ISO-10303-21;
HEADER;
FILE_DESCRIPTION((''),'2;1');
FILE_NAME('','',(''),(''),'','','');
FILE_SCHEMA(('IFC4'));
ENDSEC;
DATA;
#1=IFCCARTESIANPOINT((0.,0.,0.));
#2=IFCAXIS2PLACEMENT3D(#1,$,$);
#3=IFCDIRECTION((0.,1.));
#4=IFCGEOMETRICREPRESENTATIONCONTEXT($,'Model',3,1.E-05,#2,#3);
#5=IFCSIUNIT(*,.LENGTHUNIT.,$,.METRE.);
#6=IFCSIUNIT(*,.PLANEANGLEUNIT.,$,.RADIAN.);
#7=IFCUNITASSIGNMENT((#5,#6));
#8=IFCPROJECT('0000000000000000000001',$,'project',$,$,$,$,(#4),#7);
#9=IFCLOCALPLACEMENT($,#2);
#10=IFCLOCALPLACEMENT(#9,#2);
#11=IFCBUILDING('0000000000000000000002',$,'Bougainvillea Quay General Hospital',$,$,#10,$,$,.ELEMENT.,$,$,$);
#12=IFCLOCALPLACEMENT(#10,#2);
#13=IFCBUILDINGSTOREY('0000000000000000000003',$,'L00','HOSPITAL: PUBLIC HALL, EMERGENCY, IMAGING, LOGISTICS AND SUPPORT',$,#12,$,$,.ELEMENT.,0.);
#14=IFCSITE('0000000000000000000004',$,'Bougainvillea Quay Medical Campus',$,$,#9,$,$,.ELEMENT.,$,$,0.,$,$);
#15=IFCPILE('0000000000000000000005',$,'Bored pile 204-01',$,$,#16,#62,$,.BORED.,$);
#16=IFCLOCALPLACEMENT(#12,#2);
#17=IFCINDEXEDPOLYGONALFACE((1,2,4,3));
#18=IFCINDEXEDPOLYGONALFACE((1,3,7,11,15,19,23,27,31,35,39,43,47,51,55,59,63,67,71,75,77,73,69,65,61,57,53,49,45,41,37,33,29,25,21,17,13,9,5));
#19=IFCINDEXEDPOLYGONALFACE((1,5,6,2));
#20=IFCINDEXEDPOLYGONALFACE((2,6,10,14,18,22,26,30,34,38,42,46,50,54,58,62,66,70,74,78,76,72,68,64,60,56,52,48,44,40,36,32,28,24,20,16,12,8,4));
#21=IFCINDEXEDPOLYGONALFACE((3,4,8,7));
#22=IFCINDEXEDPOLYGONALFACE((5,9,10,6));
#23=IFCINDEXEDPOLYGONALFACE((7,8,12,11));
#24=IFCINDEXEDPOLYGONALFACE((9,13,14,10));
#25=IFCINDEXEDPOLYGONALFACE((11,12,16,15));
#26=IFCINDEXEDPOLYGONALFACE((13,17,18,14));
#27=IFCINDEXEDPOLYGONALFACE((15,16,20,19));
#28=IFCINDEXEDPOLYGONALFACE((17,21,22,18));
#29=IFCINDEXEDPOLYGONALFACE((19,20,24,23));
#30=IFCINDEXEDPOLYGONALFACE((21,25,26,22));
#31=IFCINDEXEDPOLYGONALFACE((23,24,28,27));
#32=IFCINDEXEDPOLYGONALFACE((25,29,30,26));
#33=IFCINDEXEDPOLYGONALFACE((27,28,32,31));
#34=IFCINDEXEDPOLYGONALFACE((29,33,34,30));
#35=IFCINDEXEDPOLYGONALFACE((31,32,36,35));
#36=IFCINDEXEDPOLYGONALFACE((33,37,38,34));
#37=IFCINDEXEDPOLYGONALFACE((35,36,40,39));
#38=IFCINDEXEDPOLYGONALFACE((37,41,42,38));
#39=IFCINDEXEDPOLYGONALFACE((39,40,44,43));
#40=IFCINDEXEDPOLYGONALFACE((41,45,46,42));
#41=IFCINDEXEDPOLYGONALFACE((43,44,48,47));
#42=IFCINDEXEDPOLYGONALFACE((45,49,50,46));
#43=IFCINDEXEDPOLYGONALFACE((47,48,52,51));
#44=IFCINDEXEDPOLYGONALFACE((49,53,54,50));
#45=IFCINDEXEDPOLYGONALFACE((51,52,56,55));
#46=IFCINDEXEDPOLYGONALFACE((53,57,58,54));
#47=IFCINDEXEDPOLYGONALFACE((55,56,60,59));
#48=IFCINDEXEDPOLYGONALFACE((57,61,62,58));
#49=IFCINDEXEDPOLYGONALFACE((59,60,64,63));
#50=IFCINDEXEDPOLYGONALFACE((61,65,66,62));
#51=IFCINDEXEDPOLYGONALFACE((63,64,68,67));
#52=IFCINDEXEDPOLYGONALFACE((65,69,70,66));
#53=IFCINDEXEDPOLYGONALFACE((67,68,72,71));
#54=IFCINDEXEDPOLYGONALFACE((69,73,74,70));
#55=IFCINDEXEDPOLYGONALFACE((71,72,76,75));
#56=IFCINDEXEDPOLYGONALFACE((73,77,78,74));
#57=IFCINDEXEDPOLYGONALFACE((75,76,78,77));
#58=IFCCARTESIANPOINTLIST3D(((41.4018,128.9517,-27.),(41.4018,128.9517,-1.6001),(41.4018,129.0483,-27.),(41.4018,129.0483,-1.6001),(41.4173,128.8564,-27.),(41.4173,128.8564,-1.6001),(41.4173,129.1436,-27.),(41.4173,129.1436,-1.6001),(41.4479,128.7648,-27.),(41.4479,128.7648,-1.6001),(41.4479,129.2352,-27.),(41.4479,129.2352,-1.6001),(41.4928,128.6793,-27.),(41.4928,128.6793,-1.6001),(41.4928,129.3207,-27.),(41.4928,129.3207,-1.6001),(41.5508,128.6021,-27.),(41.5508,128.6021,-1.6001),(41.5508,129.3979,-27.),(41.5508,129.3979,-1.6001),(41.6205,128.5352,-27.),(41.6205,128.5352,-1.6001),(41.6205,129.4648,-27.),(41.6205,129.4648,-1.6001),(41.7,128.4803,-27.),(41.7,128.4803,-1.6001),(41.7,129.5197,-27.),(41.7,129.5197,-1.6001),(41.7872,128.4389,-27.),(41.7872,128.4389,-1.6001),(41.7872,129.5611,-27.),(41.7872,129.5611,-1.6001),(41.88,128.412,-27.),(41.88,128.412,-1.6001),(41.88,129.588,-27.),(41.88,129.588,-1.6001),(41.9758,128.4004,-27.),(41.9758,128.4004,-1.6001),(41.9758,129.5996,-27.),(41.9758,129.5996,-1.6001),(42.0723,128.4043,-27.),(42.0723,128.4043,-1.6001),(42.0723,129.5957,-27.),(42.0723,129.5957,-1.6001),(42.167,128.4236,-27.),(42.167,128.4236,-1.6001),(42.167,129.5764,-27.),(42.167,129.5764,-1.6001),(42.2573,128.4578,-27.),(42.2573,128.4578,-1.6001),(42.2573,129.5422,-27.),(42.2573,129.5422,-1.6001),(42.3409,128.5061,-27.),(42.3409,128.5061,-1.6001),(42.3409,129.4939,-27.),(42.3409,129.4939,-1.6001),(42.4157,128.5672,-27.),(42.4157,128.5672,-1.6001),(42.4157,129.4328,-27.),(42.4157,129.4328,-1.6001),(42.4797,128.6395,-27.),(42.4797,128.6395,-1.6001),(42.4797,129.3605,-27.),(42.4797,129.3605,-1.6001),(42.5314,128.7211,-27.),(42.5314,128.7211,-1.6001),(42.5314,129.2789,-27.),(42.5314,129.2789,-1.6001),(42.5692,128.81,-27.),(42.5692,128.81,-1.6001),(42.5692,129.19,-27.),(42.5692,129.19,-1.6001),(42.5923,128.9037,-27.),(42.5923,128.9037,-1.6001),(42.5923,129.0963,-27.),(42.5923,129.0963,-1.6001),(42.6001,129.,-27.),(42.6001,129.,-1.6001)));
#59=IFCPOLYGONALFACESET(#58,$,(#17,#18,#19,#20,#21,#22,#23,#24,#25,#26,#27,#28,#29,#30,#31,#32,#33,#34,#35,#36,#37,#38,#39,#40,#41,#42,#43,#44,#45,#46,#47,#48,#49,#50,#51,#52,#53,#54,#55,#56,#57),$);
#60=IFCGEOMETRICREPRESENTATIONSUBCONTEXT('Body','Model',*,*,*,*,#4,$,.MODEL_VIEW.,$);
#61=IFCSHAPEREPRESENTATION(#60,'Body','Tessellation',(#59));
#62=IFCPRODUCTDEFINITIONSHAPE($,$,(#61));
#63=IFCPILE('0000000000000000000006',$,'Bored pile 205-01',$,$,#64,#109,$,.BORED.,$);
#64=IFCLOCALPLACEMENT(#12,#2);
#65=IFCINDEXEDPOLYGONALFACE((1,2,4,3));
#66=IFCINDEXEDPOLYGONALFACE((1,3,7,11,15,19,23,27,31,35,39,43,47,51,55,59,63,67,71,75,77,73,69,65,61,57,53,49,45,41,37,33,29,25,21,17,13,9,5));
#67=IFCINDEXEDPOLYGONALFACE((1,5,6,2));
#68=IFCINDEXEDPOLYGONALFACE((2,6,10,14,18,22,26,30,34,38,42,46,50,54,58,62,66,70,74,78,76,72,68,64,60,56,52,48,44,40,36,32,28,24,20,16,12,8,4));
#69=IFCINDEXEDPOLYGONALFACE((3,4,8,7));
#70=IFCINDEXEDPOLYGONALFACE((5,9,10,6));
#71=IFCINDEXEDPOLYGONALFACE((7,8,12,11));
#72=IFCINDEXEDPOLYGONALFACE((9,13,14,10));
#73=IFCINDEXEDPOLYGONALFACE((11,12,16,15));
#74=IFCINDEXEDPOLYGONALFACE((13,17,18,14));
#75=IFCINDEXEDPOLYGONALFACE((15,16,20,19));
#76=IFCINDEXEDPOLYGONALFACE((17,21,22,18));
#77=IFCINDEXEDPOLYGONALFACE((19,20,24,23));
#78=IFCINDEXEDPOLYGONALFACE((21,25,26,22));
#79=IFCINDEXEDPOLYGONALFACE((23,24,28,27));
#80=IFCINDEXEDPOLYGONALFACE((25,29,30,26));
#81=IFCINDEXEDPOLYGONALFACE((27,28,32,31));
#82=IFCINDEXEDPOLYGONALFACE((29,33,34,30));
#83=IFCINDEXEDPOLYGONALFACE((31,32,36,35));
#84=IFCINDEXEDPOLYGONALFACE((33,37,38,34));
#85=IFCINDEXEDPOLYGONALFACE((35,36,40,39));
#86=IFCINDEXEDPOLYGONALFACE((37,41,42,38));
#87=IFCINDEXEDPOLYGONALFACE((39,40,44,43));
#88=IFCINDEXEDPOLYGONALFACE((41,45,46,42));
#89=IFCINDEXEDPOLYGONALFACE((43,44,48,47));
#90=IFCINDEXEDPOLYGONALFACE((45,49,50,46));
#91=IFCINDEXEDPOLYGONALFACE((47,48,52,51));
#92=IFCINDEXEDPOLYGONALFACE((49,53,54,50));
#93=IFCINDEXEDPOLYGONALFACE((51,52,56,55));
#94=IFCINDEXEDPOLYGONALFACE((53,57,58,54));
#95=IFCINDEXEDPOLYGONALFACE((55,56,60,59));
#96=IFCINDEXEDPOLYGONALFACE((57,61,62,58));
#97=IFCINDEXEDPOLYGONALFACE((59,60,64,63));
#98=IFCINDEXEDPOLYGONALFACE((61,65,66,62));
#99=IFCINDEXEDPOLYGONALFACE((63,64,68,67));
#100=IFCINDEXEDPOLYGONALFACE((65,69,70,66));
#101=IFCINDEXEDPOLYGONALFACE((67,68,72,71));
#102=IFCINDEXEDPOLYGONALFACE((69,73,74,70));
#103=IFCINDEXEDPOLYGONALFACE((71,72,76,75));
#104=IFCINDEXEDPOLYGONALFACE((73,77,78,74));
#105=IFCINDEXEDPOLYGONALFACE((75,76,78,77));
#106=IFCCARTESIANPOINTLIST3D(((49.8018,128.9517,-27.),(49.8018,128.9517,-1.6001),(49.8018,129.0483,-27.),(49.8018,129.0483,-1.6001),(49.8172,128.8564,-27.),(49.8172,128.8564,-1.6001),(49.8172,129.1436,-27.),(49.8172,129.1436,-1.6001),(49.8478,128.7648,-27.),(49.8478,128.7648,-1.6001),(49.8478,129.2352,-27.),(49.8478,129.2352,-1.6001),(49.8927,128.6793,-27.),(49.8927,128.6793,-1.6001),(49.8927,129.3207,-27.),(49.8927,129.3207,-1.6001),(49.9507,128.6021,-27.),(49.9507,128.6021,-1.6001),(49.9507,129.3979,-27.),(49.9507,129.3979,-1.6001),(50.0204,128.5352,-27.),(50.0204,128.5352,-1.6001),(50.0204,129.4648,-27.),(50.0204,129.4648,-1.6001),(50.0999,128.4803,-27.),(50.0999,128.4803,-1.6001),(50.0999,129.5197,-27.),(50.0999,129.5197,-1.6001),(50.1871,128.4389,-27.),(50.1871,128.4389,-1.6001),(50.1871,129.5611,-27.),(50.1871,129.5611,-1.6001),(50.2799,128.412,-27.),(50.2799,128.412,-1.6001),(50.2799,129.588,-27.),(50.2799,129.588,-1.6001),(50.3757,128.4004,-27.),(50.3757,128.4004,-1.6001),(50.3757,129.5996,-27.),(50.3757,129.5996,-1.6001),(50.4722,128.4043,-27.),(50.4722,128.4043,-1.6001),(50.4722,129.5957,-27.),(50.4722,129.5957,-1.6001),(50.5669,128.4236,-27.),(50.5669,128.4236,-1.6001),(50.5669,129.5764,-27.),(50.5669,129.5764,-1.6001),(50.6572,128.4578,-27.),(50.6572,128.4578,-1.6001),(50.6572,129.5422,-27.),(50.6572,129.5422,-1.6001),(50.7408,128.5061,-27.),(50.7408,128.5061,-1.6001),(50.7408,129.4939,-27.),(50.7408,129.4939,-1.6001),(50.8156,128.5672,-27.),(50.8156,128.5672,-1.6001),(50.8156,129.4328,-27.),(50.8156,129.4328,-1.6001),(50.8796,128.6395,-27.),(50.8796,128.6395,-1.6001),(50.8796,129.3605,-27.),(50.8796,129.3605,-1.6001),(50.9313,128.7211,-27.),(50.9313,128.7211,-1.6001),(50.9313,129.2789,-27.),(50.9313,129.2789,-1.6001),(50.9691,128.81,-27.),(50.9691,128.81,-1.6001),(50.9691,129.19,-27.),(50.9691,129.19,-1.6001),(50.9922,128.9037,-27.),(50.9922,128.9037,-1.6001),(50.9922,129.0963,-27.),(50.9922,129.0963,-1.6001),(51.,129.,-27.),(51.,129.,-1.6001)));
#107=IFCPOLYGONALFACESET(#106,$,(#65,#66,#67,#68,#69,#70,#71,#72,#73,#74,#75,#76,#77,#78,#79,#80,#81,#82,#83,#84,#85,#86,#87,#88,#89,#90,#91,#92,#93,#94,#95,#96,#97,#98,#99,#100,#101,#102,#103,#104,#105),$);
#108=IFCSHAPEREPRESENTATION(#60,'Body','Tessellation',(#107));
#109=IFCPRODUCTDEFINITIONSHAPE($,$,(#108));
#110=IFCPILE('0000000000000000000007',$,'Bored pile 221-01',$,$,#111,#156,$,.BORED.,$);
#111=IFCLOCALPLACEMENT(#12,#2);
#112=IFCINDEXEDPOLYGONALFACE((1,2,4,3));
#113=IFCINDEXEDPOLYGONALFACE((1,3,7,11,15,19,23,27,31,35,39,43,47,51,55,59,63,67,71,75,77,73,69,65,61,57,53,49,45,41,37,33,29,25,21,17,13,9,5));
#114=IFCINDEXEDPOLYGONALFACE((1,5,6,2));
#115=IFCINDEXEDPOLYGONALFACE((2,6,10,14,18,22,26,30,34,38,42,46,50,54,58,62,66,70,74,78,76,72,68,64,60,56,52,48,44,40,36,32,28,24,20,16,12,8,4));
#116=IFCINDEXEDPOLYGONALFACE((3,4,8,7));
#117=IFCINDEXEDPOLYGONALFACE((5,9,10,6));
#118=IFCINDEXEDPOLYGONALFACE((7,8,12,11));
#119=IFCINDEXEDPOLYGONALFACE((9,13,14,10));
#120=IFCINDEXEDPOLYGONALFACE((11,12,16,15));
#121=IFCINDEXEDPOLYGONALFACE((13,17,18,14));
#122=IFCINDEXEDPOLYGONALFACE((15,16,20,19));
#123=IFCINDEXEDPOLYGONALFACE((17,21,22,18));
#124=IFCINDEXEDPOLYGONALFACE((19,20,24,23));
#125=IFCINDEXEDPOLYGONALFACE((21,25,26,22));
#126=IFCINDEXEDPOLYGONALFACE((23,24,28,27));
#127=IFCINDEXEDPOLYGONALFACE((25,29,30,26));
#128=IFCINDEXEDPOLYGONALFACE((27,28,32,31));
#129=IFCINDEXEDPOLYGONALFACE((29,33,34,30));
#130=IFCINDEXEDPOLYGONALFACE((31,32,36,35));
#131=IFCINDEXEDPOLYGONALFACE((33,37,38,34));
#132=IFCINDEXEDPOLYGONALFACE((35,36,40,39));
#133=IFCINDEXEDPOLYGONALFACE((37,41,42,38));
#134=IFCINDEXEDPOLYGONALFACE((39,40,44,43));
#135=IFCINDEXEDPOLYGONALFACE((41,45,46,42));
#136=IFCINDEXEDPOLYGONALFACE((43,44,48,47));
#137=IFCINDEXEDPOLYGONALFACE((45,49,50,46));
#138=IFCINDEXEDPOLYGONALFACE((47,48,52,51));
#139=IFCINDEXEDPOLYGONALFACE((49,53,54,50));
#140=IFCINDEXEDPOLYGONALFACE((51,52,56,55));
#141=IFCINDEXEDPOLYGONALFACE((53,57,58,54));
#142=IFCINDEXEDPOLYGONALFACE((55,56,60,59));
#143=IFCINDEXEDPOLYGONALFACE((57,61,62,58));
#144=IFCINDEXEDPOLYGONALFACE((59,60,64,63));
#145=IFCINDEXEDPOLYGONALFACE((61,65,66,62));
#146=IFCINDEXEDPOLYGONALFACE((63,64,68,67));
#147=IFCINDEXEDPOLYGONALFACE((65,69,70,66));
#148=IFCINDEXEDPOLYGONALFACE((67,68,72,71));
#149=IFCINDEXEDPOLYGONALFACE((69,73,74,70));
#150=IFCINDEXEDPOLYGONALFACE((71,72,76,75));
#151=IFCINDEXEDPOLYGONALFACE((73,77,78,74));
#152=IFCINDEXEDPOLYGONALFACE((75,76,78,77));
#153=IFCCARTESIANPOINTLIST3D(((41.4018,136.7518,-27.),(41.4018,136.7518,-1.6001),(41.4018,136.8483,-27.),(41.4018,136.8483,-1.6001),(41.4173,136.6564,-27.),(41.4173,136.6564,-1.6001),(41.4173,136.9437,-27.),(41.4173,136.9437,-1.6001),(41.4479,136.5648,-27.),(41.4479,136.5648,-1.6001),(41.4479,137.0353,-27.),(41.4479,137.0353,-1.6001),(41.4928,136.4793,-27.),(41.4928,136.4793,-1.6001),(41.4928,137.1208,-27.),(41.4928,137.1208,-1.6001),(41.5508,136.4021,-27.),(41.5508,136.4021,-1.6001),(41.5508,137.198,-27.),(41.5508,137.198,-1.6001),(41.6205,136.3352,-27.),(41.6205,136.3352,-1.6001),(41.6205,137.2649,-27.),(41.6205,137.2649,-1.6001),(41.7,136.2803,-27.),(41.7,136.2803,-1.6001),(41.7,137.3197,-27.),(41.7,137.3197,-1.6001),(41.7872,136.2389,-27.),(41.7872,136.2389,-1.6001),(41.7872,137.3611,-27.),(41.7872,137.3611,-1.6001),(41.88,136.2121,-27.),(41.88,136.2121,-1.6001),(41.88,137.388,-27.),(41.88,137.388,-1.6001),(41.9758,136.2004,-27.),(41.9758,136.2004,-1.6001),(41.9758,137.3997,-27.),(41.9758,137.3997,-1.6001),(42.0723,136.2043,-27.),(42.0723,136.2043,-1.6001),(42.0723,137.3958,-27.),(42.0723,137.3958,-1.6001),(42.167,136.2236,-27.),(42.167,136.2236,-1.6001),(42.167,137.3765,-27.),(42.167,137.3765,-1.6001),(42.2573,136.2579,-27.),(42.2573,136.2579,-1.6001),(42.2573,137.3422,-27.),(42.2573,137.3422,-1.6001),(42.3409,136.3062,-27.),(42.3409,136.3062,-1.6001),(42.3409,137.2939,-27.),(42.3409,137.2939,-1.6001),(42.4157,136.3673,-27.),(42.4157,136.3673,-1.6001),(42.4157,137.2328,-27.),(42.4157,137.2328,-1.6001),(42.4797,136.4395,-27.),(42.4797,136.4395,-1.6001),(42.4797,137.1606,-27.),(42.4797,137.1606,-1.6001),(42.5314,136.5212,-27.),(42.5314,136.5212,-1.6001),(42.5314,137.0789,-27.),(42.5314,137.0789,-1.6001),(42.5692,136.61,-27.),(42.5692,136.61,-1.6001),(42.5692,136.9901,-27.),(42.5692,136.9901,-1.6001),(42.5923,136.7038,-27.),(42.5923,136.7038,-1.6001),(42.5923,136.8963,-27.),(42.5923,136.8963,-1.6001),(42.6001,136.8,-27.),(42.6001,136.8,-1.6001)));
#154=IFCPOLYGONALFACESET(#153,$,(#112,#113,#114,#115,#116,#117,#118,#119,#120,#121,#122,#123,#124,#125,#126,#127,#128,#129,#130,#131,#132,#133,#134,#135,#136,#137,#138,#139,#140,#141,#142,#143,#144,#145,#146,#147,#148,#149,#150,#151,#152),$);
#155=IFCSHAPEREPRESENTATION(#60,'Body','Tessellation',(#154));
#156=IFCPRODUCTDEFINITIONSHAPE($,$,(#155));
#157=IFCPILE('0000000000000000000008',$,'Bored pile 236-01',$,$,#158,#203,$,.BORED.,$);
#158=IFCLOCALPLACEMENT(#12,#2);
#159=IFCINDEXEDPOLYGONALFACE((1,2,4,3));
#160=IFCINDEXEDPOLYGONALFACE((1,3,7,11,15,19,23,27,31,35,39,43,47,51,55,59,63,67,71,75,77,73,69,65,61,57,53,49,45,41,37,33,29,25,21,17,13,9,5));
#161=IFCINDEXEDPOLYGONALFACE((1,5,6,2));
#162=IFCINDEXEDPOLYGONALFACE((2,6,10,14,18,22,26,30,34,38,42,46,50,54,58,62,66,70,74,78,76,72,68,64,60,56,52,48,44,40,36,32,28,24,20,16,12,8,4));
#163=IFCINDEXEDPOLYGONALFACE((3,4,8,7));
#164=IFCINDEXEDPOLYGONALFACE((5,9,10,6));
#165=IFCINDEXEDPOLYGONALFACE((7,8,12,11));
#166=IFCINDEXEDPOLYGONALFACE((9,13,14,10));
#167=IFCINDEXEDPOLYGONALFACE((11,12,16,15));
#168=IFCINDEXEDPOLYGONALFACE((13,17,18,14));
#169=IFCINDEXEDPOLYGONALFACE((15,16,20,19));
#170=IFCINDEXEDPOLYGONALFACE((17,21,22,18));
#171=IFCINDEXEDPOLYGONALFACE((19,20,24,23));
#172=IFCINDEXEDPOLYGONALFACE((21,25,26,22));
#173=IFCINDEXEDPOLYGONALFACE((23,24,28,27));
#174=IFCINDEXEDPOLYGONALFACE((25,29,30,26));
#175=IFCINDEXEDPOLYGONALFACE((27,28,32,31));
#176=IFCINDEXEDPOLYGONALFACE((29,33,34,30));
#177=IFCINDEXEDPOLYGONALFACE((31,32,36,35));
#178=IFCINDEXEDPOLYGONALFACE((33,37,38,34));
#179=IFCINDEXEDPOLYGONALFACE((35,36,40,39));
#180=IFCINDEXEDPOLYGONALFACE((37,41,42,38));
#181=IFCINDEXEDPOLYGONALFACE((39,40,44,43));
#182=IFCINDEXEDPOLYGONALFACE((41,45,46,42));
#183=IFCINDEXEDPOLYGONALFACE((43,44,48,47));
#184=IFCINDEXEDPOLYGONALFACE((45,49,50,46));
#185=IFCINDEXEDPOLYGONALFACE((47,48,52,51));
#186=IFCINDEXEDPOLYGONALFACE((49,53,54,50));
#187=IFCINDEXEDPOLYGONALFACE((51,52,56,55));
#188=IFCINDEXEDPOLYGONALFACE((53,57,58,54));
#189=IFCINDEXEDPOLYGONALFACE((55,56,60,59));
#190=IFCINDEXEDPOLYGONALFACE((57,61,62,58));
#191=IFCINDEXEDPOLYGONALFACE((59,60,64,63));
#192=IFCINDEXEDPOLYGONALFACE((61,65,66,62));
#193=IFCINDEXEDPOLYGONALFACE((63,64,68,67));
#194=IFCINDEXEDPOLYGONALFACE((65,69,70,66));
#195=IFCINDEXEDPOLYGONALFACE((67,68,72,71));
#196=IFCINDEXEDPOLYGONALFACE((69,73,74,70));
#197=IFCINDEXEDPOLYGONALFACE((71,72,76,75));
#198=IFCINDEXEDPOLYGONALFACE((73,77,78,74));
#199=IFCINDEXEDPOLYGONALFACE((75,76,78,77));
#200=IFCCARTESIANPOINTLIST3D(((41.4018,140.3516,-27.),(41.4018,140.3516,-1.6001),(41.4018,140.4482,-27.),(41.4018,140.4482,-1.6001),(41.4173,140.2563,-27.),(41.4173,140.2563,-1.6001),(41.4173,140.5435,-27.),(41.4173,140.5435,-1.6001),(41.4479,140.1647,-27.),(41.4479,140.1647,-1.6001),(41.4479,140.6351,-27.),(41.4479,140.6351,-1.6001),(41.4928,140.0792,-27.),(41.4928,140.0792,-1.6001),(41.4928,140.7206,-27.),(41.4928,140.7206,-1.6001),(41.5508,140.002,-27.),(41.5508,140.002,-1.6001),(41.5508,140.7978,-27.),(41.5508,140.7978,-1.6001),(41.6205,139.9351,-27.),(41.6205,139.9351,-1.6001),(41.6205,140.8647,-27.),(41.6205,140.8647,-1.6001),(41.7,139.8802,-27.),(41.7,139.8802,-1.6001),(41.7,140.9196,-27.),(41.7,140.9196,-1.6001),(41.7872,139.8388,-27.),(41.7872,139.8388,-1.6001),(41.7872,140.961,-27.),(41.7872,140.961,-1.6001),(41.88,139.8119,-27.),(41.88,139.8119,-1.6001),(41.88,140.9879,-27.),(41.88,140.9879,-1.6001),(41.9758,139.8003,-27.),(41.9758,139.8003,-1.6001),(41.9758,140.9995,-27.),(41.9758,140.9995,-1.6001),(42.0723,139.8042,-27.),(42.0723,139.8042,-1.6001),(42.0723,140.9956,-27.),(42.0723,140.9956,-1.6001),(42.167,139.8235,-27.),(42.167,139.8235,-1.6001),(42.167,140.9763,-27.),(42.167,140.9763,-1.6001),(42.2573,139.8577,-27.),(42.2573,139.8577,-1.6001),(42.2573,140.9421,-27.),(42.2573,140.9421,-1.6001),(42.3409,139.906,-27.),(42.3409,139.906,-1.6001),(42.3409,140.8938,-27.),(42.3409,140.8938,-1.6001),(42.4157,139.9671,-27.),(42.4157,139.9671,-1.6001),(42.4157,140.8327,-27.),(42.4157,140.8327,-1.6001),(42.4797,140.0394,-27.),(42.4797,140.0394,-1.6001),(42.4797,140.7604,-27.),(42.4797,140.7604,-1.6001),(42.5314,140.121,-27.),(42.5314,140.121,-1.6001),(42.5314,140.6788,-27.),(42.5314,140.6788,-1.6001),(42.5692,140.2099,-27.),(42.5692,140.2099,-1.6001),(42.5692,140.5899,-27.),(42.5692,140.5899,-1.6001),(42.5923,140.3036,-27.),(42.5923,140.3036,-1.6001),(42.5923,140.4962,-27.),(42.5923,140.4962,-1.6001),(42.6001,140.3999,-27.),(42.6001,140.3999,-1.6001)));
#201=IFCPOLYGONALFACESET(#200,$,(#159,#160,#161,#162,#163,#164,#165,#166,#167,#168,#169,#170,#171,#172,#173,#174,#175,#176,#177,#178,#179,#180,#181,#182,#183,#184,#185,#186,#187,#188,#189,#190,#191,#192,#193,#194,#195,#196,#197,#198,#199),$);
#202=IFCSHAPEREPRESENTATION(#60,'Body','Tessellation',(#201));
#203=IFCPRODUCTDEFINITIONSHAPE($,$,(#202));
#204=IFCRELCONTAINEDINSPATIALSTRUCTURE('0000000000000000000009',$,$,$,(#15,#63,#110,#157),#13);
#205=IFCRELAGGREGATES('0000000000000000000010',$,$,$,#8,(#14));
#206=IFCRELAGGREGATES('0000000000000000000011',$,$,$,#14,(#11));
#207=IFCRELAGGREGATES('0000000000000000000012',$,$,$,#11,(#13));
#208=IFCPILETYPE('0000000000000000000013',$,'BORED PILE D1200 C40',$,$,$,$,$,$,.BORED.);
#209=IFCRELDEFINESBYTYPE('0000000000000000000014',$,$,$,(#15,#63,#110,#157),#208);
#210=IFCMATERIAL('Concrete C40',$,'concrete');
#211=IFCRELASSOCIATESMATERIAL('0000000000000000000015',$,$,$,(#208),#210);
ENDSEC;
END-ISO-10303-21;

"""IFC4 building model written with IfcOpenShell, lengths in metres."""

from ifc_helpers import new_model, si_unit, direction, frame, origin, origin_2d, place, context, subcontext, project, spatial, circle, extrude, material, material_profile, profile_set, type_object, element, save


model = new_model("IFC4")

# Units and contexts
model_context = context("Model", 3, precision=1e-05, world=origin(), true_north=direction((0.0, 1.0)))
body_context = subcontext(model_context, "Body", "Model", "MODEL_VIEW")
ifc_project = project(units=[si_unit("LENGTHUNIT", "METRE"), si_unit("PLANEANGLEUNIT", "RADIAN")], contexts=[model_context])

# Site, building, storey
site_placement = place(None, origin())
site = spatial("IfcSite", under=ifc_project, at=site_placement, Name="Bougainvillea Quay Medical Campus", CompositionType="ELEMENT", RefElevation=0.0)
building_placement = place(site_placement, origin())
building = spatial("IfcBuilding", under=site, at=building_placement, Name="Bougainvillea Quay General Hospital", CompositionType="ELEMENT")
storey_placement = place(building_placement, origin())
storey = spatial("IfcBuildingStorey", under=building, at=storey_placement, Name="L00", Description="HOSPITAL: PUBLIC HALL, EMERGENCY, IMAGING, LOGISTICS AND SUPPORT", CompositionType="ELEMENT", Elevation=0.0)

# Piles
ifc_material_1 = material(Name="Concrete C40", Category="concrete")
ifc_material_profile_1 = material_profile(ifc_material_1, circle(Radius=0.6001, at=origin_2d()))
ifc_profile_set_1 = profile_set([ifc_material_profile_1], Name="Concrete C40")
pile_type = type_object("IfcPileType", Name="BORED PILE D1200 C40", PredefinedType="BORED", material=ifc_profile_set_1)
for number, where, z_axis, x_axis, name in (
    (1, (42.0, 129.0, -1.6001), (0.0, 0.0, -1.0), (1.0, 0.0, 0.0), "Bored pile 204-01"),
    (2, (50.3999, 129.0, -1.6001), (0.0, 0.0, -1.0), (1.0, 0.0, 0.0), "Bored pile 205-01"),
    (3, (42.0, 136.8, -1.6001), (0.0, 0.0, -1.0), (1.0, 0.0, 0.0), "Bored pile 221-01"),
    (4, (42.0, 140.3999, -1.6001), (0.0, 0.0, -1.0), (1.0, 0.0, 0.0), "Bored pile 236-01"),
):
    element("IfcPile", number, at=place(storey_placement, frame(where, z_axis=z_axis, x_axis=x_axis)), inside=storey, type_object=pile_type, Name=name, PredefinedType="BORED", context=body_context, shape_type="SweptSolid", body=[
        extrude(circle(Radius=0.6001, at=origin_2d()), origin(), (0.0, 0.0, 1.0), 25.3999),
    ])

save(model, "model.ifc")
